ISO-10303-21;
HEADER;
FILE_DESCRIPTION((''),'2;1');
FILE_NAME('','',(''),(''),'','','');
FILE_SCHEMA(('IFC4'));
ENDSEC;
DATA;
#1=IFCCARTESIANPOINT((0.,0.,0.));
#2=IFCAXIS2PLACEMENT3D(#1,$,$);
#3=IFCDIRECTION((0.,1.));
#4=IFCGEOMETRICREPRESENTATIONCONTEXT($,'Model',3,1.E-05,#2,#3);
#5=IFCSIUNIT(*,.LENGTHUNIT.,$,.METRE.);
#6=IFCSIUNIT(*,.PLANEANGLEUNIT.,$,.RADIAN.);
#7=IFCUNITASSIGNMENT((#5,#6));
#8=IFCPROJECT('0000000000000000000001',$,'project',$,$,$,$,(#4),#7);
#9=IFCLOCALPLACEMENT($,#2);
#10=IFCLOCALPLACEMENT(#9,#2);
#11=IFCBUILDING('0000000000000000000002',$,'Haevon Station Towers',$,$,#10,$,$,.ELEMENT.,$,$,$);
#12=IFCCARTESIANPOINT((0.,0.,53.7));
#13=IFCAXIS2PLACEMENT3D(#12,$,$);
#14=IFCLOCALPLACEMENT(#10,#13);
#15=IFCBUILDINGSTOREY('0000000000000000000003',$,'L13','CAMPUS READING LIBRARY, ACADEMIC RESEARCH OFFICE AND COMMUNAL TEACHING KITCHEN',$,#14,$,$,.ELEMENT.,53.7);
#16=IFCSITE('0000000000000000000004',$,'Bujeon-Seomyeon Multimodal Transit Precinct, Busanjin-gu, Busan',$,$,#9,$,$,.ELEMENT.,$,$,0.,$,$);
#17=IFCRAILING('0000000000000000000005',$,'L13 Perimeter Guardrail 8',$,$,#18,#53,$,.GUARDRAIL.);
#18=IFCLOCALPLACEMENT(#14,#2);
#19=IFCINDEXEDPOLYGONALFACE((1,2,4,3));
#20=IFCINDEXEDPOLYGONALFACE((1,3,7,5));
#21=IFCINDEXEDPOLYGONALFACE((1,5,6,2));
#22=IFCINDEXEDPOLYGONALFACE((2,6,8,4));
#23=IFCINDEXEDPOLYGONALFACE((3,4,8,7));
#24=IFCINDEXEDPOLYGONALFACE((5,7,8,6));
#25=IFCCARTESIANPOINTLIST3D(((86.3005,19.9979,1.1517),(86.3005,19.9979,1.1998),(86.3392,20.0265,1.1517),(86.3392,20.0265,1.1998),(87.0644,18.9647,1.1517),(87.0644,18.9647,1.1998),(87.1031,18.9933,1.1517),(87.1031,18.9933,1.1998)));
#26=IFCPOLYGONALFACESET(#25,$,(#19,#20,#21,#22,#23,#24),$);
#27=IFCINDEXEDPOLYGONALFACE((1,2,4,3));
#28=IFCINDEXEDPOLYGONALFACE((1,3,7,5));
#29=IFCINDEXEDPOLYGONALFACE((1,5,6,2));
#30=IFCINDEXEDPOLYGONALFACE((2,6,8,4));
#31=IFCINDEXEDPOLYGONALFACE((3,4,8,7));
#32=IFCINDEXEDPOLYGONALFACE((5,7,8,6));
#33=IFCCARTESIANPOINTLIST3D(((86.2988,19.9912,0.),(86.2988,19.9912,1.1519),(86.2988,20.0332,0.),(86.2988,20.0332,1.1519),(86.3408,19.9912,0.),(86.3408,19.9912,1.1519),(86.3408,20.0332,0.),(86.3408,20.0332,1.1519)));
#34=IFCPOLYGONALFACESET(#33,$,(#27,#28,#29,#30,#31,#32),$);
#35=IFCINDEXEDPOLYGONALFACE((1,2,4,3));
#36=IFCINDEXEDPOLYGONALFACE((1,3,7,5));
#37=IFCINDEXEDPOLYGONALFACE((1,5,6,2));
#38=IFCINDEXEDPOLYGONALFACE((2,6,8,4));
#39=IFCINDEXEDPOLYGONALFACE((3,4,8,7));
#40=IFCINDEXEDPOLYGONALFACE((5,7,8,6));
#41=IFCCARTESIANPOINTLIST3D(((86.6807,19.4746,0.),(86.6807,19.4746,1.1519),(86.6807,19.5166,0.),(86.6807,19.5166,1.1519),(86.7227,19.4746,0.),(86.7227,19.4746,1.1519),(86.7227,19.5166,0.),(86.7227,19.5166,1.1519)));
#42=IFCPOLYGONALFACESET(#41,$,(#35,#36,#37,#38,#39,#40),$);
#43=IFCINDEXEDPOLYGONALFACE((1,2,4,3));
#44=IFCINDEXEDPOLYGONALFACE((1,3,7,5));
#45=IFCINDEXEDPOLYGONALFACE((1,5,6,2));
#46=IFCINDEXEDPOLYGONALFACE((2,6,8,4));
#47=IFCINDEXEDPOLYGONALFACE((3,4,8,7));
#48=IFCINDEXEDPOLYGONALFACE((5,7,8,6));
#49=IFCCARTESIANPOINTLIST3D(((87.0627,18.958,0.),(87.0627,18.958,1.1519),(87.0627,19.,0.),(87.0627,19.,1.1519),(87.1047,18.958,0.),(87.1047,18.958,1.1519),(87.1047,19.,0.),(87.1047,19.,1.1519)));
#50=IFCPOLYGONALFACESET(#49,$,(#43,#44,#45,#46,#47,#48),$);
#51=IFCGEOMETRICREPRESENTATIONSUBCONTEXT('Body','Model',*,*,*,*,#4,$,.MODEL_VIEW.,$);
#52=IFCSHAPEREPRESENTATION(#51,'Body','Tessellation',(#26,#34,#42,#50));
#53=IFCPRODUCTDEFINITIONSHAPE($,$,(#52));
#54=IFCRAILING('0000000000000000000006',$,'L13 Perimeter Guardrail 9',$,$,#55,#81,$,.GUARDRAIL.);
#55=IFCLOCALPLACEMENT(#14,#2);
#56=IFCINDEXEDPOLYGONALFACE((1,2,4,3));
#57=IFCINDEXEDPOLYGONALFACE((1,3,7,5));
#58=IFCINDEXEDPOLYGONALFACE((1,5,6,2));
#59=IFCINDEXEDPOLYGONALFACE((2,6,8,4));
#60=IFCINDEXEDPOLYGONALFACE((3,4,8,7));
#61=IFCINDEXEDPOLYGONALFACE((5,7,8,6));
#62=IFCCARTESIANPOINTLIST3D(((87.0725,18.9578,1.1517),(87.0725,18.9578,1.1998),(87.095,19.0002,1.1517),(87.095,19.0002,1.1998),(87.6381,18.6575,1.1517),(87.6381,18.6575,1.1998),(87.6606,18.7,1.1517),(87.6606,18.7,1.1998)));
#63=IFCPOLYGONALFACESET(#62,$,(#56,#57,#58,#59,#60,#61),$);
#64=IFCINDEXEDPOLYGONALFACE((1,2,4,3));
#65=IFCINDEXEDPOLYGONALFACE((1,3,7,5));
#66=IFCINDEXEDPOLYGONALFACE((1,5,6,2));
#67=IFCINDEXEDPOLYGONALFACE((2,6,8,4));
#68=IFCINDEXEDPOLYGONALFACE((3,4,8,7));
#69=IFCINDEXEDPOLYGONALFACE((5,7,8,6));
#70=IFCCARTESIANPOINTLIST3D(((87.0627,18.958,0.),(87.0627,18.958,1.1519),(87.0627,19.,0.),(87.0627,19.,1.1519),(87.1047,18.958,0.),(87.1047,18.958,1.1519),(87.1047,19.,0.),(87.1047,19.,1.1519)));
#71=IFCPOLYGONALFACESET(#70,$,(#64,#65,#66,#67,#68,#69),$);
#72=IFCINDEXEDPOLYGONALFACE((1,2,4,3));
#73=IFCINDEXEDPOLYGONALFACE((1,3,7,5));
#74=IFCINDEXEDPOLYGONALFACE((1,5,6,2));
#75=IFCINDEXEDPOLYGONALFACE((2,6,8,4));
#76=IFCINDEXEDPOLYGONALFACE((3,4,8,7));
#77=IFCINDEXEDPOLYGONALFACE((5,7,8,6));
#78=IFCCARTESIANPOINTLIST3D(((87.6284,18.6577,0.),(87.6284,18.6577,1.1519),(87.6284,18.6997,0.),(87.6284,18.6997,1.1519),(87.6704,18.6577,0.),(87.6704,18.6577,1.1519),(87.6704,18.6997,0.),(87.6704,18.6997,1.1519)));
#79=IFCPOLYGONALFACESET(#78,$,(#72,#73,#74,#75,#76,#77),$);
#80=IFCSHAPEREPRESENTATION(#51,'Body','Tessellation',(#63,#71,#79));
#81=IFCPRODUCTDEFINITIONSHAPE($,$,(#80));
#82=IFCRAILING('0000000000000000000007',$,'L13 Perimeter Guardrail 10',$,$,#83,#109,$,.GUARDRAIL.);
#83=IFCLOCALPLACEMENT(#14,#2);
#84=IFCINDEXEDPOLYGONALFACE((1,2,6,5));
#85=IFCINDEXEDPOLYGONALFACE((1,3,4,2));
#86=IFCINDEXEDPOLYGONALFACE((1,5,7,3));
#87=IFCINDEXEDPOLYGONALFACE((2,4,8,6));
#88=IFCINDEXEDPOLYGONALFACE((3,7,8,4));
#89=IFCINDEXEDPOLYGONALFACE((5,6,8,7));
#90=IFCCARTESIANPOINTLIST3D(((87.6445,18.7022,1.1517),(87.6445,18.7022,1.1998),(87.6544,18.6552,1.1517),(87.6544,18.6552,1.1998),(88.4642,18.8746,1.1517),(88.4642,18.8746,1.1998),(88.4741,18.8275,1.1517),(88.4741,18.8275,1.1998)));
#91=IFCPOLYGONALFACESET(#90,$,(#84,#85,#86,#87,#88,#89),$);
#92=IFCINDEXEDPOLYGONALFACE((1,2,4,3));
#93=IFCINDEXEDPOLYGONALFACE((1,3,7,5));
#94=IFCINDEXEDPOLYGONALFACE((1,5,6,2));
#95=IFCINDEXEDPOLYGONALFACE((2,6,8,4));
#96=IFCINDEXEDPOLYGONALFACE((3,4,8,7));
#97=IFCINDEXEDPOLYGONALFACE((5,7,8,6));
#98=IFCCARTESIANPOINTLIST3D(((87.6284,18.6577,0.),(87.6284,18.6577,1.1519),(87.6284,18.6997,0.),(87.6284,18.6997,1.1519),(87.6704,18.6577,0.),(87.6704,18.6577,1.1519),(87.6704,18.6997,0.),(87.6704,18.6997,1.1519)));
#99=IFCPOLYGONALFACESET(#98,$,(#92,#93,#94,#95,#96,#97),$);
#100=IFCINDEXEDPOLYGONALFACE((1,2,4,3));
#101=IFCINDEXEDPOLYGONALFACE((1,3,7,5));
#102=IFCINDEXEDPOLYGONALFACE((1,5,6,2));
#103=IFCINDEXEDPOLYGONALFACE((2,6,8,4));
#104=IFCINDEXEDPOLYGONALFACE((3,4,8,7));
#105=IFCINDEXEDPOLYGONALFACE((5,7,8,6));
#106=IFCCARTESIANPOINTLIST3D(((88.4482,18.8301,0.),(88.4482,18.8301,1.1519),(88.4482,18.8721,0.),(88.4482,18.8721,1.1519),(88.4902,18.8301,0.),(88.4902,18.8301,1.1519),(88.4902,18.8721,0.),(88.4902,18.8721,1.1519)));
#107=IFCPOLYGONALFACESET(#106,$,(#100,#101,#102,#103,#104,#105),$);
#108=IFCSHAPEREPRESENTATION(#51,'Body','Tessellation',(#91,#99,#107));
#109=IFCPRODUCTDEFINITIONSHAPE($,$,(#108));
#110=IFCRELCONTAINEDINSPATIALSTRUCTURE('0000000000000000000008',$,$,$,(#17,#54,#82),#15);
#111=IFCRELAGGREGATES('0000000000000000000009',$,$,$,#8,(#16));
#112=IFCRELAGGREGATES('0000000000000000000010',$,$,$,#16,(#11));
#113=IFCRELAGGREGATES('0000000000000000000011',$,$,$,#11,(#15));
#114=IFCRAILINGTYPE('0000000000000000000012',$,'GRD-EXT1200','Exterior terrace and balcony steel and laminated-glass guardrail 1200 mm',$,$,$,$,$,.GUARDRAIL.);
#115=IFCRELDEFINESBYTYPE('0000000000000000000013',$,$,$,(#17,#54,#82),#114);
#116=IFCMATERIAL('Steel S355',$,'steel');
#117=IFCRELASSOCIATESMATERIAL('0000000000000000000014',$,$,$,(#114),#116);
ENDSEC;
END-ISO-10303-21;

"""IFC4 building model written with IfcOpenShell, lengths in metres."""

from ifc_helpers import new_model, si_unit, direction, frame, origin, origin_2d, place, context, subcontext, project, spatial, rectangle, extrude, material, type_object, element, save


model = new_model("IFC4")

# Units and contexts
model_context = context("Model", 3, precision=1e-05, world=origin(), true_north=direction((0.0, 1.0)))
body_context = subcontext(model_context, "Body", "Model", "MODEL_VIEW")
ifc_project = project(units=[si_unit("LENGTHUNIT", "METRE"), si_unit("PLANEANGLEUNIT", "RADIAN")], contexts=[model_context])

# Site, building, storey
site_placement = place(None, origin())
site = spatial("IfcSite", under=ifc_project, at=site_placement, Name="Bujeon-Seomyeon Multimodal Transit Precinct, Busanjin-gu, Busan", CompositionType="ELEMENT", RefElevation=0.0)
building_placement = place(site_placement, origin())
building = spatial("IfcBuilding", under=site, at=building_placement, Name="Haevon Station Towers", CompositionType="ELEMENT")
storey_placement = place(building_placement, frame((0.0, 0.0, 53.7)))
storey = spatial("IfcBuildingStorey", under=building, at=storey_placement, Name="L13", Description="CAMPUS READING LIBRARY, ACADEMIC RESEARCH OFFICE AND COMMUNAL TEACHING KITCHEN", CompositionType="ELEMENT", Elevation=53.7)

# Shared definitions
ifc_material_1 = material(Name="Steel S355", Category="steel")

# Railings
railing_type = type_object("IfcRailingType", Name="GRD-EXT1200", Description="Exterior terrace and balcony steel and laminated-glass guardrail 1200 mm", PredefinedType="GUARDRAIL", material=ifc_material_1)
railing_1_placement = place(storey_placement, frame((86.3198, 20.0122, 0.0)))
element("IfcRailing", 1, at=railing_1_placement, inside=storey, type_object=railing_type, Name="L13 Perimeter Guardrail 8", PredefinedType="GUARDRAIL", context=body_context, shape_type="SweptSolid", body=[
    extrude(rectangle(XDim=0.0481, YDim=0.0481, at=origin_2d()), frame((0.0, 0.0, 1.1758), z_axis=(0.594514, -0.804085, 0.0), x_axis=(0.804085, 0.594514, 0.0)), (0.0, 0.0, 1.0), 1.2849),
    extrude(rectangle(XDim=0.042, YDim=0.042, at=origin_2d()), origin(), (0.0, 0.0, 1.0), 1.1519),
    extrude(rectangle(XDim=0.042, YDim=0.042, at=origin_2d()), frame((0.3818, -0.5166, 0.0)), (0.0, 0.0, 1.0), 1.1519),
    extrude(rectangle(XDim=0.042, YDim=0.042, at=origin_2d()), frame((0.7639, -1.0332, 0.0)), (0.0, 0.0, 1.0), 1.1519),
])
railing_2_placement = place(storey_placement, frame((87.0837, 18.979, 0.0)))
element("IfcRailing", 2, at=railing_2_placement, inside=storey, type_object=railing_type, Name="L13 Perimeter Guardrail 9", PredefinedType="GUARDRAIL", context=body_context, shape_type="SweptSolid", body=[
    extrude(rectangle(XDim=0.0481, YDim=0.0481, at=origin_2d()), frame((0.0, 0.0, 1.1758), z_axis=(0.883259, -0.468886, 0.0), x_axis=(0.468886, 0.883259, 0.0)), (0.0, 0.0, 1.0), 0.6404),
    extrude(rectangle(XDim=0.042, YDim=0.042, at=origin_2d()), origin(), (0.0, 0.0, 1.0), 1.1519),
    extrude(rectangle(XDim=0.042, YDim=0.042, at=origin_2d()), frame((0.5657, -0.3003, 0.0)), (0.0, 0.0, 1.0), 1.1519),
])
railing_3_placement = place(storey_placement, frame((87.6494, 18.6787, 0.0)))
element("IfcRailing", 3, at=railing_3_placement, inside=storey, type_object=railing_type, Name="L13 Perimeter Guardrail 10", PredefinedType="GUARDRAIL", context=body_context, shape_type="SweptSolid", body=[
    extrude(rectangle(XDim=0.0481, YDim=0.0481, at=origin_2d()), frame((0.0, 0.0, 1.1758), z_axis=(0.978605, 0.205746, 0.0), x_axis=(-0.205746, 0.978605, 0.0)), (0.0, 0.0, 1.0), 0.8376),
    extrude(rectangle(XDim=0.042, YDim=0.042, at=origin_2d()), origin(), (0.0, 0.0, 1.0), 1.1519),
    extrude(rectangle(XDim=0.042, YDim=0.042, at=origin_2d()), frame((0.8198, 0.1724, 0.0)), (0.0, 0.0, 1.0), 1.1519),
])

save(model, "model.ifc")
